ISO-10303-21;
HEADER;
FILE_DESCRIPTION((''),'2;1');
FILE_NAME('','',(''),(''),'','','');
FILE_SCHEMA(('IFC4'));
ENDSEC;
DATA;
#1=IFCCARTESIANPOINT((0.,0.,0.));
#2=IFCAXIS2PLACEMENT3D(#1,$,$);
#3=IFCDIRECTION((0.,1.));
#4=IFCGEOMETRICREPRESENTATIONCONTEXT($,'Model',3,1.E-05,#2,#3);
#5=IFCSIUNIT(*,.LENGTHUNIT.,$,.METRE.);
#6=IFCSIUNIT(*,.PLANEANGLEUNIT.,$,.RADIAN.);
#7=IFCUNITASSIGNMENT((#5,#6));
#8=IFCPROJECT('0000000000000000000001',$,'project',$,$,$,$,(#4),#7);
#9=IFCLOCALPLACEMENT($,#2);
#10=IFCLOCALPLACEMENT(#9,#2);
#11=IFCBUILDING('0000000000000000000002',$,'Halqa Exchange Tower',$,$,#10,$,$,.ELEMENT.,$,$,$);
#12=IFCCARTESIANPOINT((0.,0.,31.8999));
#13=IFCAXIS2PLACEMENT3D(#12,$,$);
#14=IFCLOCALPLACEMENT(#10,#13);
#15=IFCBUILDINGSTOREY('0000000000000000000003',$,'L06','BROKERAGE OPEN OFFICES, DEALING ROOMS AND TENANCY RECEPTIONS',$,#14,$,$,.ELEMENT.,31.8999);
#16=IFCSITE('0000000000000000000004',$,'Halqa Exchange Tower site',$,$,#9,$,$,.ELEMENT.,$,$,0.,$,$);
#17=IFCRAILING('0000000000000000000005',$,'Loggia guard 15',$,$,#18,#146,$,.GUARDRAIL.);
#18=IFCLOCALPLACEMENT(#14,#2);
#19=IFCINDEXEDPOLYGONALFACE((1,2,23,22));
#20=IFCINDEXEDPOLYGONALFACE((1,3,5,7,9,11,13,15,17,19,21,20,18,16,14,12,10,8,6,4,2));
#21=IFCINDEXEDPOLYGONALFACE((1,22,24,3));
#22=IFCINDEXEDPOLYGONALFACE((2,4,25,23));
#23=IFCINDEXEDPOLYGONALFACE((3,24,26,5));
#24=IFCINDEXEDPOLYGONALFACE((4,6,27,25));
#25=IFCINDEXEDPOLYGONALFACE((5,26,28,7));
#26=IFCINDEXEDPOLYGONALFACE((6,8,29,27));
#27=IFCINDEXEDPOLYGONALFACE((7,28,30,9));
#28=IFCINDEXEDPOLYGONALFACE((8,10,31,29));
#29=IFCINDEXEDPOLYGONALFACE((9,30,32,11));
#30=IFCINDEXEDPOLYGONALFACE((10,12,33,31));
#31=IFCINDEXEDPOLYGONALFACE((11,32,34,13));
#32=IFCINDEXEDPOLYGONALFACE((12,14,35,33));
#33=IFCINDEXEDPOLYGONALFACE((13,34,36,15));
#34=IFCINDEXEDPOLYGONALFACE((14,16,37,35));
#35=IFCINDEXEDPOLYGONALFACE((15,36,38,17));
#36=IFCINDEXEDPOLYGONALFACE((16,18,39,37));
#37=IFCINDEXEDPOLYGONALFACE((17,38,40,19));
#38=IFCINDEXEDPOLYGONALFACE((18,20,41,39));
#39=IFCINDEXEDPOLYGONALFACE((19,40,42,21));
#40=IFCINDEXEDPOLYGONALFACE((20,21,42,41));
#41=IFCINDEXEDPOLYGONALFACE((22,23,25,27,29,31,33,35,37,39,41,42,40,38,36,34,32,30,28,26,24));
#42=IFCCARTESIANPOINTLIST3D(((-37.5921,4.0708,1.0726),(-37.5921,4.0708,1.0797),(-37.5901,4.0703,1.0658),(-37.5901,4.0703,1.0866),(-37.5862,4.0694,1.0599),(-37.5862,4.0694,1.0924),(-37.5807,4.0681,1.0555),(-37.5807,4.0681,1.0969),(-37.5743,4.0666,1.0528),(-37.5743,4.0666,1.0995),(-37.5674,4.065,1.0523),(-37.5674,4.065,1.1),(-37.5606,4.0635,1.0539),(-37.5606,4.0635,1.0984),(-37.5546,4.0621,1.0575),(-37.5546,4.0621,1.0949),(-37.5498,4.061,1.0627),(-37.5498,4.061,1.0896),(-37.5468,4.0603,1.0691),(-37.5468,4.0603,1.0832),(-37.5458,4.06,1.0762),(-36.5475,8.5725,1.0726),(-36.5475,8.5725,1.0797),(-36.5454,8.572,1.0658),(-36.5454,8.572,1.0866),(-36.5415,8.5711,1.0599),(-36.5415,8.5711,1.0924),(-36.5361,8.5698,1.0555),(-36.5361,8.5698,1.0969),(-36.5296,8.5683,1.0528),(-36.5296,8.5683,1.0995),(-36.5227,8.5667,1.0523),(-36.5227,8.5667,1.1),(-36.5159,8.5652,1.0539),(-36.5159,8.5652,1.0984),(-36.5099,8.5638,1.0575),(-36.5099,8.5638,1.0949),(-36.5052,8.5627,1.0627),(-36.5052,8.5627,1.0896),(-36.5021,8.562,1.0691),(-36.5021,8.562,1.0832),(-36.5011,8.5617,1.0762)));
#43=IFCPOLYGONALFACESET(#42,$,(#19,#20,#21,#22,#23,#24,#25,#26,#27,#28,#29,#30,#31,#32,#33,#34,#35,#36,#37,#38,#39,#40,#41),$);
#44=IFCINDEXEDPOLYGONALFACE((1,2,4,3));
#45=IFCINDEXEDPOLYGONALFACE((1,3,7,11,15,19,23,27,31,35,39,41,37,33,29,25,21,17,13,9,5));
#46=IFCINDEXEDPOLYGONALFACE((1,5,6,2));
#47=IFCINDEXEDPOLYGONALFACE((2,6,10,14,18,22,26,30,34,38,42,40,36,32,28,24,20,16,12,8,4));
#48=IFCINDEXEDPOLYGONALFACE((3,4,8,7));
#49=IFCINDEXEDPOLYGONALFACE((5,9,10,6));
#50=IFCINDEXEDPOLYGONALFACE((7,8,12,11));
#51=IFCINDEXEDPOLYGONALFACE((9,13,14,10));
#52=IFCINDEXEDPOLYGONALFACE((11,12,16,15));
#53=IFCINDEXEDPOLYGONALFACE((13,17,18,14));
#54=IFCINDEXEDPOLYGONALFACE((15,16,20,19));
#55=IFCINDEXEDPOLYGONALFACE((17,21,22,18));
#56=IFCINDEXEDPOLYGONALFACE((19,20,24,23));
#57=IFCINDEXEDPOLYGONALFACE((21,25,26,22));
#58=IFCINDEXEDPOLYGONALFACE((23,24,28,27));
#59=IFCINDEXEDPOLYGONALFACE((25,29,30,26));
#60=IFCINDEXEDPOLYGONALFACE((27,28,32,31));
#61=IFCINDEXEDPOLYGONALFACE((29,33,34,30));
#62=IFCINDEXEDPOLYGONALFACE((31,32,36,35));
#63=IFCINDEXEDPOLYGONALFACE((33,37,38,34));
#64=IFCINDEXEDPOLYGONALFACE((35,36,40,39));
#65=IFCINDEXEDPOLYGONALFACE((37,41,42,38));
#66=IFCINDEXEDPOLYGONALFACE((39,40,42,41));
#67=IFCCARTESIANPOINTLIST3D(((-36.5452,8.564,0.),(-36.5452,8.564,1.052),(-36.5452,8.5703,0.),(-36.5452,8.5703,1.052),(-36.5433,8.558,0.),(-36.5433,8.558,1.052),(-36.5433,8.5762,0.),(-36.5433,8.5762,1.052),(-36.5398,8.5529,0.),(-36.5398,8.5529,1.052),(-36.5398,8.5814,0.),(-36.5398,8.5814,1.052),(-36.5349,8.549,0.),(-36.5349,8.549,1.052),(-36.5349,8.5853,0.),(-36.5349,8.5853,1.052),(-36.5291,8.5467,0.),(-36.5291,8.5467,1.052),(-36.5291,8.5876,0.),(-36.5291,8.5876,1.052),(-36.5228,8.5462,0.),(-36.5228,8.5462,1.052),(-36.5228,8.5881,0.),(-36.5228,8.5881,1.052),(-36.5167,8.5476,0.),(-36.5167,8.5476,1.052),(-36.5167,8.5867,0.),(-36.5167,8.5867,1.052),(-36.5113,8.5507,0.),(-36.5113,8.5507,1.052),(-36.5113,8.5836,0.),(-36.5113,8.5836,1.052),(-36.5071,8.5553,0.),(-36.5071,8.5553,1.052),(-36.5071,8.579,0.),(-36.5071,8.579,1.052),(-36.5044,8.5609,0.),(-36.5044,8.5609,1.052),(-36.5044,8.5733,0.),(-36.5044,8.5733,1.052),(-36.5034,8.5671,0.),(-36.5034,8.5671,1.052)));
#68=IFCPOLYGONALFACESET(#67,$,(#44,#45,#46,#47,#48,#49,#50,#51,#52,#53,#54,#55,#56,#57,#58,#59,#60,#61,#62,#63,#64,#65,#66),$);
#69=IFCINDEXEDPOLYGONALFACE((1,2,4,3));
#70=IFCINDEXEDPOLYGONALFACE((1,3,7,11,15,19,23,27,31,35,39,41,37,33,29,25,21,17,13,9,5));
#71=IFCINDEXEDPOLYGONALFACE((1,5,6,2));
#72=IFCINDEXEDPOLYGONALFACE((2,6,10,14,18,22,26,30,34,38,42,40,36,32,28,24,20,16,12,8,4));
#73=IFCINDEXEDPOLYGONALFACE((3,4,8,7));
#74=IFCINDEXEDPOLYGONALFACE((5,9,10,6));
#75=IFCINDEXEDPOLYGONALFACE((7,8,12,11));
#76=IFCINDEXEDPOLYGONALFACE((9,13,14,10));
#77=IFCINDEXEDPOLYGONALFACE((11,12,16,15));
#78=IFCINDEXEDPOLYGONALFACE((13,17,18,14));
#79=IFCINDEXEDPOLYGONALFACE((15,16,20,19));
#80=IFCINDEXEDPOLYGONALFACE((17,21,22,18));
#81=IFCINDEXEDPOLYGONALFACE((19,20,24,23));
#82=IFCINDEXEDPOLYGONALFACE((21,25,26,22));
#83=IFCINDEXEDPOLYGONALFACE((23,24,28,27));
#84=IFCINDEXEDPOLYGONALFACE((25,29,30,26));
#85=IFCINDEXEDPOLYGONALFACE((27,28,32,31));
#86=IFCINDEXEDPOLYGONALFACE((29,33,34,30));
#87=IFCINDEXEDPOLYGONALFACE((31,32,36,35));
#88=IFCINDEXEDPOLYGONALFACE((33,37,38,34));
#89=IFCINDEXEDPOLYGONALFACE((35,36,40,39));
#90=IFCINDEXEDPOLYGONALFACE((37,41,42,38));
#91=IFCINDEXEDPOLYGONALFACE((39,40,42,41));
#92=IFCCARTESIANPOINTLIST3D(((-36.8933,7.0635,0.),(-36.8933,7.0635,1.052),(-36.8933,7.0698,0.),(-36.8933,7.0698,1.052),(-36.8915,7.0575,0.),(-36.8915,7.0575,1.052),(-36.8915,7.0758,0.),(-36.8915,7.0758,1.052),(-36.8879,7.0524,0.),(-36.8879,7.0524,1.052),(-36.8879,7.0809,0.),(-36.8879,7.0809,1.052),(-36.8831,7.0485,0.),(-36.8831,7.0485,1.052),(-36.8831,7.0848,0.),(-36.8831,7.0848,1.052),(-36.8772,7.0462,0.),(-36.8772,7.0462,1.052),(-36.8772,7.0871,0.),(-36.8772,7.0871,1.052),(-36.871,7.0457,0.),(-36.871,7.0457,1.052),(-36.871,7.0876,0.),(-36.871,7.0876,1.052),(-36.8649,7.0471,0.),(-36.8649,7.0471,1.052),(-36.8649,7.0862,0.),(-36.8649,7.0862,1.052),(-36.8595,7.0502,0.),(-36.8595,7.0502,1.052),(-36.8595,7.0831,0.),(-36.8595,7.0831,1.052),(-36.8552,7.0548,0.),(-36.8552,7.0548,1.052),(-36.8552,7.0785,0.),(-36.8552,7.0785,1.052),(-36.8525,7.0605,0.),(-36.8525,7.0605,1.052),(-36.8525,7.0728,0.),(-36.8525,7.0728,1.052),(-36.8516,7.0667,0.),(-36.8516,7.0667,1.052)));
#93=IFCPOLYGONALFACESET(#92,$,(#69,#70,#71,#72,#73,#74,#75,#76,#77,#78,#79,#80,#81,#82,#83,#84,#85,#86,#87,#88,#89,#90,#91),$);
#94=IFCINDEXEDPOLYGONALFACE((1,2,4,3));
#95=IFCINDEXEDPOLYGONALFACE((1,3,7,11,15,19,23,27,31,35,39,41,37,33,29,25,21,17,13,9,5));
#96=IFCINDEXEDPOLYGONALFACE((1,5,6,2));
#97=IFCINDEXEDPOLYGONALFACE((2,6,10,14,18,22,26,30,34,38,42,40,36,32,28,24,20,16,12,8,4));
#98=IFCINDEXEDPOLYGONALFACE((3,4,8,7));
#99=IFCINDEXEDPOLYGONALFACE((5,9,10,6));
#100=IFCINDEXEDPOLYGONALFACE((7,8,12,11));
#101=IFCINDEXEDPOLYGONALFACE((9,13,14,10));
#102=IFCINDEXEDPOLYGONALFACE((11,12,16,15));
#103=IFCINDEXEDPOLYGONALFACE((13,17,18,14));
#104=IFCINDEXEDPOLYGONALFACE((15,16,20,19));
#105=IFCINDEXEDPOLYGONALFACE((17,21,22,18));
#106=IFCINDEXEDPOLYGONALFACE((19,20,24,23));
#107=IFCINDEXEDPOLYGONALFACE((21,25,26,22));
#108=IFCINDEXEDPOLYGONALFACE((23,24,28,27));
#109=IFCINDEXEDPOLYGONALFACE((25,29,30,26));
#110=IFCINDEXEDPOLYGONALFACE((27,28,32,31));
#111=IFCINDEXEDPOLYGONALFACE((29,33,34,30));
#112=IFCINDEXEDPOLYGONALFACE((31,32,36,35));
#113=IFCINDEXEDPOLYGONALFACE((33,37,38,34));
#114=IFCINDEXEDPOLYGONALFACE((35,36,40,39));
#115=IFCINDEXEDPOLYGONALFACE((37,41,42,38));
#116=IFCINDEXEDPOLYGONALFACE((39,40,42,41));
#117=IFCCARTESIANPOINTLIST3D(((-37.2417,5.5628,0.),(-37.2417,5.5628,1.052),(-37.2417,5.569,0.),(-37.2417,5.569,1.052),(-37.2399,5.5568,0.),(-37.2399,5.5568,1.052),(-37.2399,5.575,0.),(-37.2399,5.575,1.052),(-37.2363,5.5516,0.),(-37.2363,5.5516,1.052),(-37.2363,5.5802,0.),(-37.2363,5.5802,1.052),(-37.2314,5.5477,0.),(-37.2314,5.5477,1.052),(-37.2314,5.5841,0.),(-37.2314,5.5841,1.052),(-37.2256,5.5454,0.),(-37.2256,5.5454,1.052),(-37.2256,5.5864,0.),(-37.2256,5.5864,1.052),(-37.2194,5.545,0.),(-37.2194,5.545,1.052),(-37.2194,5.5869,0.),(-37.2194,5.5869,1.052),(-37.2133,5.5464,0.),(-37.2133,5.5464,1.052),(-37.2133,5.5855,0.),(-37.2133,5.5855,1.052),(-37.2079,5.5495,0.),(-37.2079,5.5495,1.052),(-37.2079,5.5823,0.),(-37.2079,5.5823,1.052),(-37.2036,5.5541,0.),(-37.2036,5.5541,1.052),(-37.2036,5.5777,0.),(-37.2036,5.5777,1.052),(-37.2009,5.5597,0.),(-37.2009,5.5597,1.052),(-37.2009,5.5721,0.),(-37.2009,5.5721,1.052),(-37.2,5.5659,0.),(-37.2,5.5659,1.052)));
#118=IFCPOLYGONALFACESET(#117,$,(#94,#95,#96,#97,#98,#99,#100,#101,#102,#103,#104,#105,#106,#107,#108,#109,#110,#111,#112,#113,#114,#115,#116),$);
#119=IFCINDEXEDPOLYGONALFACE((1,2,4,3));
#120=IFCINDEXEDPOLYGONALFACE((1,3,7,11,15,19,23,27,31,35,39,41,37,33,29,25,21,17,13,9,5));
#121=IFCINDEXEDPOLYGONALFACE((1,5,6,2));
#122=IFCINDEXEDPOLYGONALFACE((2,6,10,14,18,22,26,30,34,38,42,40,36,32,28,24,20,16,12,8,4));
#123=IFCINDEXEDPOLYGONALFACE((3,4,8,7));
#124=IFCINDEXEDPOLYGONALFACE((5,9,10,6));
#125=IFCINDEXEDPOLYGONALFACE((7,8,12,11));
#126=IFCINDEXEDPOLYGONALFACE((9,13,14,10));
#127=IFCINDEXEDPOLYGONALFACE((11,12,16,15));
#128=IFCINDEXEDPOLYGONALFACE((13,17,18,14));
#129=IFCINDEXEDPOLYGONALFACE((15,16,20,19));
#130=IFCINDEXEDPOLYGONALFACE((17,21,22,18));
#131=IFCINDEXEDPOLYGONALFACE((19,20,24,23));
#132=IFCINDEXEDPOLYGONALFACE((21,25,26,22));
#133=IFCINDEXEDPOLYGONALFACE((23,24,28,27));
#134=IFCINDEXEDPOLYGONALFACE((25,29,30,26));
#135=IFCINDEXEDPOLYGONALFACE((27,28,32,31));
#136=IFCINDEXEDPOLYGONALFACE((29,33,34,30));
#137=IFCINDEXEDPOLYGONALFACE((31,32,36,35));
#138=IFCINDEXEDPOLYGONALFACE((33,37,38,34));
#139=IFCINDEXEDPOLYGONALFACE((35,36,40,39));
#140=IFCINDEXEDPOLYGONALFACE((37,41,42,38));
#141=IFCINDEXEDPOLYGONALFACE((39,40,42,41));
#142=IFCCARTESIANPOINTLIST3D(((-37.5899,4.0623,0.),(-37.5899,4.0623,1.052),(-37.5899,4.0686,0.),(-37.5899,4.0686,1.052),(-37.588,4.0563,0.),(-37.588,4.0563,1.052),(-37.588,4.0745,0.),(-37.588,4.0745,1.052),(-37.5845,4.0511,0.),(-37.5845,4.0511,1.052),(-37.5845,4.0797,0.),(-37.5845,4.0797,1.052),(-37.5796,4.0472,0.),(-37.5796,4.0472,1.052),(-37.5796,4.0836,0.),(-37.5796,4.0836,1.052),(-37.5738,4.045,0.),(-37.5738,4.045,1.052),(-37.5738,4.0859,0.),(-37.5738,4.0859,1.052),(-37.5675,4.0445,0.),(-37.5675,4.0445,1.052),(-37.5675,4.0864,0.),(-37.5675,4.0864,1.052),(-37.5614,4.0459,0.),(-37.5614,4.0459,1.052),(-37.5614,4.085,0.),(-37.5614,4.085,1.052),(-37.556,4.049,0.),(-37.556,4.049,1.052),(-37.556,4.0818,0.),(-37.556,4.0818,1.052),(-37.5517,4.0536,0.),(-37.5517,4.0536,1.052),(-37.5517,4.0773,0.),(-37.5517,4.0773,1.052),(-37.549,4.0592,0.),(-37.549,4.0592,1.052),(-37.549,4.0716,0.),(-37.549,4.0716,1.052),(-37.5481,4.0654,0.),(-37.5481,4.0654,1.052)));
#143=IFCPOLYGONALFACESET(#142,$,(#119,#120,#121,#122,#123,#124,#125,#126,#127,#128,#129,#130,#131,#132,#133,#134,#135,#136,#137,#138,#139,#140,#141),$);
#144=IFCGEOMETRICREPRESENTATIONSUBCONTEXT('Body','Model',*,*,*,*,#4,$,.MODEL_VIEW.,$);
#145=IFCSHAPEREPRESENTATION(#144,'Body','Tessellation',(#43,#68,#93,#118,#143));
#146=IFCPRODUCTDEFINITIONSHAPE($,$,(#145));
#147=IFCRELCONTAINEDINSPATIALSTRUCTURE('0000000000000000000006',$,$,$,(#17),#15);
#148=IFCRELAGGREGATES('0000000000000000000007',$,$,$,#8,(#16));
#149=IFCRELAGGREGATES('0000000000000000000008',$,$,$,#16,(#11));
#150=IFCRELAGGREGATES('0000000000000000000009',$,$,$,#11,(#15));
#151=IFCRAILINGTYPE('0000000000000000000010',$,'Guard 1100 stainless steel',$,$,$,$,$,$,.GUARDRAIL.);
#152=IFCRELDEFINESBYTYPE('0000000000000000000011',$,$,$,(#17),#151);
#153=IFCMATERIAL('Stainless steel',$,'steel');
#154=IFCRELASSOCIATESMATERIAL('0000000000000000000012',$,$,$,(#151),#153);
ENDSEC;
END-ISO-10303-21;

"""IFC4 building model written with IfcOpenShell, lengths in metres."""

from ifc_helpers import new_model, si_unit, direction, frame, origin, origin_2d, place, context, subcontext, project, spatial, circle, extrude, material, type_object, element, save


model = new_model("IFC4")

# Units and contexts
model_context = context("Model", 3, precision=1e-05, world=origin(), true_north=direction((0.0, 1.0)))
body_context = subcontext(model_context, "Body", "Model", "MODEL_VIEW")
ifc_project = project(units=[si_unit("LENGTHUNIT", "METRE"), si_unit("PLANEANGLEUNIT", "RADIAN")], contexts=[model_context])

# Site, building, storey
site_placement = place(None, origin())
site = spatial("IfcSite", under=ifc_project, at=site_placement, Name="Halqa Exchange Tower site", CompositionType="ELEMENT", RefElevation=0.0)
building_placement = place(site_placement, origin())
building = spatial("IfcBuilding", under=site, at=building_placement, Name="Halqa Exchange Tower", CompositionType="ELEMENT")
storey_placement = place(building_placement, frame((0.0, 0.0, 31.8999)))
storey = spatial("IfcBuildingStorey", under=building, at=storey_placement, Name="L06", Description="BROKERAGE OPEN OFFICES, DEALING ROOMS AND TENANCY RECEPTIONS", CompositionType="ELEMENT", Elevation=31.8999)

# Railing
ifc_material_1 = material(Name="Stainless steel", Category="steel")
railing_type = type_object("IfcRailingType", Name="Guard 1100 stainless steel", PredefinedType="GUARDRAIL", material=ifc_material_1)
railing_1_placement = place(storey_placement, frame((-36.5244, 8.5671, 0.0)))
element("IfcRailing", 1, at=railing_1_placement, inside=storey, type_object=railing_type, Name="Loggia guard 15", PredefinedType="GUARDRAIL", context=body_context, shape_type="SweptSolid", body=[
    extrude(circle(Radius=0.0239, at=origin_2d()), frame((0.0, 0.0, 1.0762), z_axis=(-0.226055, -0.974114, 0.0), x_axis=(0.974114, -0.226055, 0.0)), (0.0, 0.0, 1.0), 4.6213),
    extrude(circle(Radius=0.021, at=origin_2d()), origin(), (0.0, 0.0, 1.0), 1.052),
    extrude(circle(Radius=0.021, at=origin_2d()), frame((-0.3481, -1.5005, 0.0)), (0.0, 0.0, 1.0), 1.052),
    extrude(circle(Radius=0.021, at=origin_2d()), frame((-0.6965, -3.0012, 0.0)), (0.0, 0.0, 1.0), 1.052),
    extrude(circle(Radius=0.021, at=origin_2d()), frame((-1.0447, -4.5017, 0.0)), (0.0, 0.0, 1.0), 1.052),
])

save(model, "model.ifc")
